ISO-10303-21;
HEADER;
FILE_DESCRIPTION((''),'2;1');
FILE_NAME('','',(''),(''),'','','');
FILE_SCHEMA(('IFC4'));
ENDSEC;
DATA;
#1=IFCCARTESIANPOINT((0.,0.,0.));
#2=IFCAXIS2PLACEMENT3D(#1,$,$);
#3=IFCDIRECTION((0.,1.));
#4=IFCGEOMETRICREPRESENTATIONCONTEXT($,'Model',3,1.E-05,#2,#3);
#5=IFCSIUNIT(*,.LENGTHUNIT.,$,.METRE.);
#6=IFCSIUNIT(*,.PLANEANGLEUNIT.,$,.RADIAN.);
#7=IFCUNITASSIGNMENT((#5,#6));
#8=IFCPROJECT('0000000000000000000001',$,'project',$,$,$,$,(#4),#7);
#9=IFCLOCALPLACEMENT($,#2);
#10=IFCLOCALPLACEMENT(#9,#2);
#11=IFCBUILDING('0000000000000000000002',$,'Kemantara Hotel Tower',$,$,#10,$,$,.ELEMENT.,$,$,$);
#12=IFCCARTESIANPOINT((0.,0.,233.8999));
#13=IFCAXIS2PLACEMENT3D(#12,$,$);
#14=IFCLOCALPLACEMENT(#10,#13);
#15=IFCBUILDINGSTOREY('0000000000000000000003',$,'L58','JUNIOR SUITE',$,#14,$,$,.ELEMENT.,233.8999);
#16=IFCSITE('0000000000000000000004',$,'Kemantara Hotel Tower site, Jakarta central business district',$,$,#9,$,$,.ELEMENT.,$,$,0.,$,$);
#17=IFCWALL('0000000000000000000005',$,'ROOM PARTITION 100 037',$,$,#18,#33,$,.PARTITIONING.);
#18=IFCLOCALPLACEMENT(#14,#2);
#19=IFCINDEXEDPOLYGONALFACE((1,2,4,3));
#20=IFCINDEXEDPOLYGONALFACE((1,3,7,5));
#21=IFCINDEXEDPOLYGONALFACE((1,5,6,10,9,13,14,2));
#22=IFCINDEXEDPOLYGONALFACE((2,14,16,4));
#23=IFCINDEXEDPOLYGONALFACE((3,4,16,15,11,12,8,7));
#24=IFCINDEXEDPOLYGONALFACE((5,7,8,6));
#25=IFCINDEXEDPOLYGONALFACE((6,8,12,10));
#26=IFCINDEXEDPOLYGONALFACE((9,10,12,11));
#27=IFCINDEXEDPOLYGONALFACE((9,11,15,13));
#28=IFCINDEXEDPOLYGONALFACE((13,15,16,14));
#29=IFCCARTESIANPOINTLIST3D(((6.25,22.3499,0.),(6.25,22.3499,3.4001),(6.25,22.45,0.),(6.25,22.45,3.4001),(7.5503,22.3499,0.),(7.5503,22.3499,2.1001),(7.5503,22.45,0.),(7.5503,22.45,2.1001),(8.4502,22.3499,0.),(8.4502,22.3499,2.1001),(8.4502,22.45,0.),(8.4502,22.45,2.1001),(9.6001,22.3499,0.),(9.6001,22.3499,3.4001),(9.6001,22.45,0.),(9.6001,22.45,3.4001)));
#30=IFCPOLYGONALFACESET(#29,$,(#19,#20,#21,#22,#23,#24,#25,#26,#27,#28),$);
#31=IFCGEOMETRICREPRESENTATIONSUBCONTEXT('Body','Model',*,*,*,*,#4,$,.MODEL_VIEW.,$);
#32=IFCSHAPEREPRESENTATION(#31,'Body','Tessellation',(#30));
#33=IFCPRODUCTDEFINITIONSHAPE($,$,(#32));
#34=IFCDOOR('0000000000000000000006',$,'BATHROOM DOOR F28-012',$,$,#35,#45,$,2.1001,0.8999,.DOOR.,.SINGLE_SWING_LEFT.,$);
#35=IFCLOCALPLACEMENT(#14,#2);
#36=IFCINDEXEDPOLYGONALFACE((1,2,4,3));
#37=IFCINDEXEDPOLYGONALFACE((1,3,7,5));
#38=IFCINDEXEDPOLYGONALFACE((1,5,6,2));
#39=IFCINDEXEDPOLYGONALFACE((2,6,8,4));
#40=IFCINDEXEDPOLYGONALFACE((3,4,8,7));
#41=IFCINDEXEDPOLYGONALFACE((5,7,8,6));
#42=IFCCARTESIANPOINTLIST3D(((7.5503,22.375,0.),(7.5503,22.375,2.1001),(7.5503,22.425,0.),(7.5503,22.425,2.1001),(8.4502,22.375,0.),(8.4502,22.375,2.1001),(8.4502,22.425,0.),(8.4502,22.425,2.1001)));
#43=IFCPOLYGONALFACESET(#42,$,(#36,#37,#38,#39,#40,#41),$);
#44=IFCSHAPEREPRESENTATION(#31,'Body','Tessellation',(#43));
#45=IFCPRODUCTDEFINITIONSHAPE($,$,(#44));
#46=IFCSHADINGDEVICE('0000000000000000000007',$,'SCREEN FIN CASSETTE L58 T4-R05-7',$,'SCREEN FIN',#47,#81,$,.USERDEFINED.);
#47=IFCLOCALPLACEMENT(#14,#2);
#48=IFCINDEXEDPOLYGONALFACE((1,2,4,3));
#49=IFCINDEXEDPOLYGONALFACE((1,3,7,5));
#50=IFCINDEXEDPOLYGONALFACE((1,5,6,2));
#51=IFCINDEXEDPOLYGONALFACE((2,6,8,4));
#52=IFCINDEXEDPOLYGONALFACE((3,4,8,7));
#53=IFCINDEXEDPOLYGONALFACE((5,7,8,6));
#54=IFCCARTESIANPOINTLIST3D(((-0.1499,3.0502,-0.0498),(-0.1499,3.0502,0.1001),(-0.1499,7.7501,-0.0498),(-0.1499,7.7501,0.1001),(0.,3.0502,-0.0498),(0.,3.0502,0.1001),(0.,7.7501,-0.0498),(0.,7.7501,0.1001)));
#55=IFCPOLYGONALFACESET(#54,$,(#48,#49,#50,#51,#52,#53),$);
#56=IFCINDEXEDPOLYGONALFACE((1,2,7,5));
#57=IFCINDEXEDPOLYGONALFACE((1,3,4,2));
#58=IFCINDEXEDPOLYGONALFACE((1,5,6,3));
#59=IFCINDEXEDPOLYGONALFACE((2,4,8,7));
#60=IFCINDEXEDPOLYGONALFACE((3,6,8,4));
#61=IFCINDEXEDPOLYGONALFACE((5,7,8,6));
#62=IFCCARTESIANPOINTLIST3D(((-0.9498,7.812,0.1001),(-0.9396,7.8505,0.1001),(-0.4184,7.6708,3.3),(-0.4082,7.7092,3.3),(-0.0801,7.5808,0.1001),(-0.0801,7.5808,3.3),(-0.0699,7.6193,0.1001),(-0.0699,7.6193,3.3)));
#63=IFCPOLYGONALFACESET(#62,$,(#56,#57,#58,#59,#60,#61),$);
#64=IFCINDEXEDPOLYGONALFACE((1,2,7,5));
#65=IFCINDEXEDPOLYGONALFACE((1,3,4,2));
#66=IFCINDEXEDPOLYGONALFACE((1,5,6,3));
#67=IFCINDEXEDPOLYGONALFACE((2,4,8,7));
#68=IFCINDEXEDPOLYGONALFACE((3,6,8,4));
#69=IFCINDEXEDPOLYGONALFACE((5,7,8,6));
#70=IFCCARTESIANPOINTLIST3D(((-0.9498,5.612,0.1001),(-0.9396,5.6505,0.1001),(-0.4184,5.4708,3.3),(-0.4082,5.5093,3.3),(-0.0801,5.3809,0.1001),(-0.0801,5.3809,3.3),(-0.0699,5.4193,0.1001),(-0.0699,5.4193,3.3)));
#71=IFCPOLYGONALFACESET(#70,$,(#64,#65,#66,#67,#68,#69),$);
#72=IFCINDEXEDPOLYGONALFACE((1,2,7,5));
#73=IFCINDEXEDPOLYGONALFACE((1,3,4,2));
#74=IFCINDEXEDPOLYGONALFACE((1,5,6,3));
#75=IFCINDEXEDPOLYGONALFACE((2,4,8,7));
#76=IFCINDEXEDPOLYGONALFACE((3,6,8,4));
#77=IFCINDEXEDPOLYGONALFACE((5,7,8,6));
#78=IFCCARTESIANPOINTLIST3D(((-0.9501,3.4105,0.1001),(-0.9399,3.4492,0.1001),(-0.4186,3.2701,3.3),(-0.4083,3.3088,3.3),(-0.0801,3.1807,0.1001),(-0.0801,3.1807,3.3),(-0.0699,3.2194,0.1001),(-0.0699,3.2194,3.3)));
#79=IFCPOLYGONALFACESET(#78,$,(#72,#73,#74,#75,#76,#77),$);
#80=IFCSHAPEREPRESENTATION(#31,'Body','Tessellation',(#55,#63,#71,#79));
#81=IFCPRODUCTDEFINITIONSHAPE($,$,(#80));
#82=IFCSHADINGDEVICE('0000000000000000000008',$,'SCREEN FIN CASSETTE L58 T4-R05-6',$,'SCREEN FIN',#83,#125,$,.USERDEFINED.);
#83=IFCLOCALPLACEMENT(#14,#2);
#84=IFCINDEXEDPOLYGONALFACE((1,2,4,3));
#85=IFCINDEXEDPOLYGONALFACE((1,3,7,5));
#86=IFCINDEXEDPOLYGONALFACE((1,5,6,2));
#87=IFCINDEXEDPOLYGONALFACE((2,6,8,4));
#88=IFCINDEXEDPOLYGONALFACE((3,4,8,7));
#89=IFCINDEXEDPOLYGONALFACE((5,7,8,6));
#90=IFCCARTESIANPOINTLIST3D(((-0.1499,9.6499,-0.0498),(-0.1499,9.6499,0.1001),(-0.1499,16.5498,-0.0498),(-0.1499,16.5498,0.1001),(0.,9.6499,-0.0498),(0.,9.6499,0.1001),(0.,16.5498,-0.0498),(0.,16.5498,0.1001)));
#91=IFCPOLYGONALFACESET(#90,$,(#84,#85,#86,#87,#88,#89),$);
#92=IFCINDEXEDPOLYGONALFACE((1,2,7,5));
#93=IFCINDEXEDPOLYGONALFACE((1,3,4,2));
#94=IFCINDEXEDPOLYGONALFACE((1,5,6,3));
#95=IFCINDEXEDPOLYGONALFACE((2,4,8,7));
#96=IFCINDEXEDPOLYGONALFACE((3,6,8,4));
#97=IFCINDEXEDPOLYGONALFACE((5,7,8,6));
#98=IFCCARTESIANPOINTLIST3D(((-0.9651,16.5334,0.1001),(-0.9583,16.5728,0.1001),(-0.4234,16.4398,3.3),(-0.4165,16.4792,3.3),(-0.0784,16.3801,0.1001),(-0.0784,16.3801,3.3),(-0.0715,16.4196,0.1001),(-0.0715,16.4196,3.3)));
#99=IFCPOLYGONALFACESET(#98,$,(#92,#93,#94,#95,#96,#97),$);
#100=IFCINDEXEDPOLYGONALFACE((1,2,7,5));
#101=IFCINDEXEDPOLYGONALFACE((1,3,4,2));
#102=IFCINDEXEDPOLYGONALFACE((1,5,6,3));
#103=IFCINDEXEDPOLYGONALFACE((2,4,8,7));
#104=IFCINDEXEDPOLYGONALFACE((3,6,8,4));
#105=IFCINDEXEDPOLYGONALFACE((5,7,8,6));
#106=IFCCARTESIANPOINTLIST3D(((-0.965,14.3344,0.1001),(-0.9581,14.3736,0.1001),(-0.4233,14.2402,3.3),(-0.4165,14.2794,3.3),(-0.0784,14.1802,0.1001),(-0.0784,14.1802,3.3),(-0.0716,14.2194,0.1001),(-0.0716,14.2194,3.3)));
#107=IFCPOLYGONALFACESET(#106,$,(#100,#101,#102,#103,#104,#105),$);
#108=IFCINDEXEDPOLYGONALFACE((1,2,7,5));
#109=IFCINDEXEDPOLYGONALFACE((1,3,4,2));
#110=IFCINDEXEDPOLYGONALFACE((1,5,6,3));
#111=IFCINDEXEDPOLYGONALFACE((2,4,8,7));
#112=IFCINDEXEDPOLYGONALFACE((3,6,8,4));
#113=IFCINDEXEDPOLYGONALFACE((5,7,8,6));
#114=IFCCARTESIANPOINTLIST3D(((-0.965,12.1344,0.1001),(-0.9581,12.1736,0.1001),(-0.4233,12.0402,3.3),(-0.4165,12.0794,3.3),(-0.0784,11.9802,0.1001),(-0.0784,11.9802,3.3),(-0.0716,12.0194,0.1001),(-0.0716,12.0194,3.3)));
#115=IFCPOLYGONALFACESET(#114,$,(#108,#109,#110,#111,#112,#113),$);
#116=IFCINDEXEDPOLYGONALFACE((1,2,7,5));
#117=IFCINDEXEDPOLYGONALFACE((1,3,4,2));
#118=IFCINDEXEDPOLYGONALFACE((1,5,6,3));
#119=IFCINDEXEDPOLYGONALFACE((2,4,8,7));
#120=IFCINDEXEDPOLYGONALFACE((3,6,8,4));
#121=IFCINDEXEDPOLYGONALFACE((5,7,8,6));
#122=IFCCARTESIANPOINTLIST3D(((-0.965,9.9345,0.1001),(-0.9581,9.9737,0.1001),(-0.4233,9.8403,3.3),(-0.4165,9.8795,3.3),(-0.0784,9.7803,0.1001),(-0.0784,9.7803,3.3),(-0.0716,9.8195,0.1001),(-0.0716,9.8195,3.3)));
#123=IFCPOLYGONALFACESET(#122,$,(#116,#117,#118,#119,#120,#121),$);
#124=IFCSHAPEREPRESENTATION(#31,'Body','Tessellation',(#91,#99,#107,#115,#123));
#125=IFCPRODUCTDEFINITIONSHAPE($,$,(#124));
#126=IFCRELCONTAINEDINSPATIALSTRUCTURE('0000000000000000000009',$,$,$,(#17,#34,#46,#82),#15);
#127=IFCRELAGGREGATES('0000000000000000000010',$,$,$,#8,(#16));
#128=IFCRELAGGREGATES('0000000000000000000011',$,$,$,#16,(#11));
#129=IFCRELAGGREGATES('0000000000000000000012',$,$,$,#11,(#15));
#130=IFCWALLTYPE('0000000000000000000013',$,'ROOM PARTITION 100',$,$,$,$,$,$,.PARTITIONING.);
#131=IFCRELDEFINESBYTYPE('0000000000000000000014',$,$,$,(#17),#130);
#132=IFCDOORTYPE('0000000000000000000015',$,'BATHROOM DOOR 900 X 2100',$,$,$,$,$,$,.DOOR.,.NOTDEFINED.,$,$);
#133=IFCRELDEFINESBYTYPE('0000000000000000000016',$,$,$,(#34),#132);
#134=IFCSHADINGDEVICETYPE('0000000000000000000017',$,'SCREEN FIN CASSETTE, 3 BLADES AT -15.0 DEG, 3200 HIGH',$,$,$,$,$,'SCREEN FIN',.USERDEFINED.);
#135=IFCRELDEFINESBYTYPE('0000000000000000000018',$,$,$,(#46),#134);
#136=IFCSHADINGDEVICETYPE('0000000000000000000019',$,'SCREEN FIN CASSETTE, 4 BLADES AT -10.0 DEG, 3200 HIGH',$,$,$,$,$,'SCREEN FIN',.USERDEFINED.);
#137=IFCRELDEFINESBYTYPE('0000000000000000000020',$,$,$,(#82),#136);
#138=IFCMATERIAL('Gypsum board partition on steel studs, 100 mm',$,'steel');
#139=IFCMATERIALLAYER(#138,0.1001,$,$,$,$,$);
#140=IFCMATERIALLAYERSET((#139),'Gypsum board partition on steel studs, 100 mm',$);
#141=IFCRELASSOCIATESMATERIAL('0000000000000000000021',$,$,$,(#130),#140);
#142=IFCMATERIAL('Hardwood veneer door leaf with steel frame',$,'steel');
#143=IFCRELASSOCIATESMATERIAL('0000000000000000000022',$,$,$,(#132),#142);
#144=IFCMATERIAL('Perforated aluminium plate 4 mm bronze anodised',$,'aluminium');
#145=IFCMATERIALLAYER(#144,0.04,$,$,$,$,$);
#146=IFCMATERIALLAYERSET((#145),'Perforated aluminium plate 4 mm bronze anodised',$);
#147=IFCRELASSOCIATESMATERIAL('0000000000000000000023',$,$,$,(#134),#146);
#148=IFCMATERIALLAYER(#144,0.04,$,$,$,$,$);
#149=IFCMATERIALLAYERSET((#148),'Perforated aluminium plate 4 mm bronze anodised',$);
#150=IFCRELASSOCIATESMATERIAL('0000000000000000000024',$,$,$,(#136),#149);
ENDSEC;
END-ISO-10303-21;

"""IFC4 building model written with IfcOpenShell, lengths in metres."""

from ifc_helpers import new_model, si_unit, direction, frame, frame_2d, origin, origin_2d, place, context, subcontext, project, spatial, polyline, rectangle, outline, extrude, source, transform, mapped, material, layer, layer_set, type_object, element, fill, save


model = new_model("IFC4")

# Units and contexts
model_context = context("Model", 3, precision=1e-05, world=origin(), true_north=direction((0.0, 1.0)))
body_context = subcontext(model_context, "Body", "Model", "MODEL_VIEW")
ifc_project = project(units=[si_unit("LENGTHUNIT", "METRE"), si_unit("PLANEANGLEUNIT", "RADIAN")], contexts=[model_context])

# Site, building, storey
site_placement = place(None, origin())
site = spatial("IfcSite", under=ifc_project, at=site_placement, Name="Kemantara Hotel Tower site, Jakarta central business district", CompositionType="ELEMENT", RefElevation=0.0)
building_placement = place(site_placement, origin())
building = spatial("IfcBuilding", under=site, at=building_placement, Name="Kemantara Hotel Tower", CompositionType="ELEMENT")
storey_placement = place(building_placement, frame((0.0, 0.0, 233.8999)))
storey = spatial("IfcBuildingStorey", under=building, at=storey_placement, Name="L58", Description="JUNIOR SUITE", CompositionType="ELEMENT", Elevation=233.8999)

# Shared definitions
ifc_material_1 = material(Name="Hardwood veneer door leaf with steel frame", Category="steel")

# Shared definitions
ifc_material_2 = material(Name="Gypsum board partition on steel studs, 100 mm", Category="steel")
ifc_layer_1 = layer(ifc_material_2, 0.1001)
ifc_layer_set_1 = layer_set([ifc_layer_1], Name="Gypsum board partition on steel studs, 100 mm")
wall_type_1 = type_object("IfcWallType", Name="ROOM PARTITION 100", PredefinedType="PARTITIONING", material=ifc_layer_set_1)
door_type_1 = type_object("IfcDoorType", Name="BATHROOM DOOR 900 X 2100", OperationType="NOTDEFINED", PredefinedType="DOOR", material=ifc_material_1)

# Wall, opening, door
wall_1_placement = place(storey_placement, frame((9.6001, 22.3999, 0.0), z_axis=(0.0, 0.0, 1.0), x_axis=(-1.0, 0.0, 0.0)))
wall_1 = element("IfcWall", 1, at=wall_1_placement, inside=storey, type_object=wall_type_1, Name="ROOM PARTITION 100 037", PredefinedType="PARTITIONING", context=body_context, shape_type="SweptSolid", body=[
    extrude(rectangle(XDim=3.3501, YDim=0.1001, at=frame_2d((1.675, 0.0))), origin(), (0.0, 0.0, 1.0), 3.4001),
])
opening_1_placement = place(wall_1_placement, frame((1.1499, 0.0, 0.0)))
opening_1 = element("IfcOpeningElement", 2, at=opening_1_placement, cuts=wall_1, PredefinedType="OPENING", context=body_context, shape_type="SweptSolid", body=[
    extrude(rectangle(XDim=0.8999, YDim=2.1001, at=frame_2d((0.45, 1.05))), frame((0.0, 0.0601, 0.0), z_axis=(0.0, -1.0, 0.0), x_axis=(1.0, 0.0, 0.0)), (0.0, 0.0, 1.0), 0.1201),
])
door_1_placement = place(opening_1_placement, origin())
door_1 = element("IfcDoor", 3, at=door_1_placement, inside=storey, type_object=door_type_1, Name="BATHROOM DOOR F28-012", OperationType="SINGLE_SWING_LEFT", OverallHeight=2.1001, OverallWidth=0.8999, PredefinedType="DOOR", context=body_context, shape_type="SweptSolid", body=[
    extrude(rectangle(XDim=0.8999, YDim=2.1001, at=frame_2d((0.45, 1.05))), frame((0.0, 0.0249, 0.0), z_axis=(0.0, -1.0, 0.0), x_axis=(1.0, 0.0, 0.0)), (0.0, 0.0, 1.0), 0.05),
])
fill(opening_1, door_1)

# Shading devices
ifc_material_3 = material(Name="Perforated aluminium plate 4 mm bronze anodised", Category="aluminium")
ifc_layer_2 = layer(ifc_material_3, 0.04)
ifc_layer_set_2 = layer_set([ifc_layer_2], Name="Perforated aluminium plate 4 mm bronze anodised")
shading_device_type_1 = type_object("IfcShadingDeviceType", Name="SCREEN FIN CASSETTE, 3 BLADES AT -15.0 DEG, 3200 HIGH", ElementType="SCREEN FIN", PredefinedType="USERDEFINED", material=ifc_layer_set_2)
shared_shape_1 = source(origin(), body_context, "Body", "SweptSolid", [
    extrude(rectangle(XDim=4.7, YDim=0.1499, at=origin_2d()), frame((2.2, -0.075, -0.1499), z_axis=(0.0, 0.0, 1.0), x_axis=(1.0, 0.0, 0.0)), (0.0, 0.0, 1.0), 0.1499),
    extrude(outline(polyline([(0.0, 0.0), (0.8999, 0.0), (0.3501, 3.2), (0.0, 3.2), (0.0, 0.0)])), frame((0.0193, -0.0801, 0.0), z_axis=(-0.966438, 0.256901, 0.0), x_axis=(-0.256901, -0.966438, 0.0)), (0.0, 0.0, 1.0), 0.0398),
    extrude(outline(polyline([(0.0, 0.0), (0.8999, 0.0), (0.3501, 3.2), (0.0, 3.2), (0.0, 0.0)])), frame((2.2192, -0.0801, 0.0), z_axis=(-0.966438, 0.256901, 0.0), x_axis=(-0.256901, -0.966438, 0.0)), (0.0, 0.0, 1.0), 0.0398),
    extrude(outline(polyline([(0.0, 0.0), (0.8999, 0.0), (0.3501, 3.2), (0.0, 3.2), (0.0, 0.0)])), frame((4.4194, -0.0801, 0.0), z_axis=(-0.966838, 0.255391, 0.0), x_axis=(-0.255391, -0.966838, 0.0)), (0.0, 0.0, 1.0), 0.04),
])
shading_device_1_placement = place(storey_placement, frame((0.0, 7.6001, 0.1001), z_axis=(0.0, 0.0, 1.0), x_axis=(0.0, -1.0, 0.0)))
element("IfcShadingDevice", 4, at=shading_device_1_placement, inside=storey, type_object=shading_device_type_1, Name="SCREEN FIN CASSETTE L58 T4-R05-7", ObjectType="SCREEN FIN", PredefinedType="USERDEFINED", context=body_context, shape_type="MappedRepresentation", body=[
    mapped(shared_shape_1, transform((0.0, 0.0, 0.0))),
])
ifc_layer_3 = layer(ifc_material_3, 0.04)
ifc_layer_set_3 = layer_set([ifc_layer_3], Name="Perforated aluminium plate 4 mm bronze anodised")
shading_device_type_2 = type_object("IfcShadingDeviceType", Name="SCREEN FIN CASSETTE, 4 BLADES AT -10.0 DEG, 3200 HIGH", ElementType="SCREEN FIN", PredefinedType="USERDEFINED", material=ifc_layer_set_3)
shared_shape_2 = source(origin(), body_context, "Body", "SweptSolid", [
    extrude(rectangle(XDim=6.8999, YDim=0.1499, at=origin_2d()), frame((3.3, -0.075, -0.1499), z_axis=(0.0, 0.0, 1.0), x_axis=(1.0, 0.0, 0.0)), (0.0, 0.0, 1.0), 0.1499),
    extrude(outline(polyline([(0.0, 0.0), (0.8999, 0.0), (0.3501, 3.2), (0.0, 3.2), (0.0, 0.0)])), frame((0.0198, -0.0784, 0.0), z_axis=(-0.98539, 0.170314, 0.0), x_axis=(-0.170314, -0.98539, 0.0)), (0.0, 0.0, 1.0), 0.04),
    extrude(outline(polyline([(0.0, 0.0), (0.8999, 0.0), (0.3501, 3.2), (0.0, 3.2), (0.0, 0.0)])), frame((2.2197, -0.0784, 0.0), z_axis=(-0.985212, 0.171341, 0.0), x_axis=(-0.171341, -0.985212, 0.0)), (0.0, 0.0, 1.0), 0.0398),
    extrude(outline(polyline([(0.0, 0.0), (0.8999, 0.0), (0.3501, 3.2), (0.0, 3.2), (0.0, 0.0)])), frame((4.4197, -0.0784, 0.0), z_axis=(-0.985212, 0.171341, 0.0), x_axis=(-0.171341, -0.985212, 0.0)), (0.0, 0.0, 1.0), 0.0398),
    extrude(outline(polyline([(0.0, 0.0), (0.8999, 0.0), (0.3501, 3.2), (0.0, 3.2), (0.0, 0.0)])), frame((6.6196, -0.0784, 0.0), z_axis=(-0.985212, 0.171341, 0.0), x_axis=(-0.171341, -0.985212, 0.0)), (0.0, 0.0, 1.0), 0.0398),
])
shading_device_2_placement = place(storey_placement, frame((0.0, 16.3999, 0.1001), z_axis=(0.0, 0.0, 1.0), x_axis=(0.0, -1.0, 0.0)))
element("IfcShadingDevice", 5, at=shading_device_2_placement, inside=storey, type_object=shading_device_type_2, Name="SCREEN FIN CASSETTE L58 T4-R05-6", ObjectType="SCREEN FIN", PredefinedType="USERDEFINED", context=body_context, shape_type="MappedRepresentation", body=[
    mapped(shared_shape_2, transform((0.0, 0.0, 0.0))),
])

save(model, "model.ifc")
